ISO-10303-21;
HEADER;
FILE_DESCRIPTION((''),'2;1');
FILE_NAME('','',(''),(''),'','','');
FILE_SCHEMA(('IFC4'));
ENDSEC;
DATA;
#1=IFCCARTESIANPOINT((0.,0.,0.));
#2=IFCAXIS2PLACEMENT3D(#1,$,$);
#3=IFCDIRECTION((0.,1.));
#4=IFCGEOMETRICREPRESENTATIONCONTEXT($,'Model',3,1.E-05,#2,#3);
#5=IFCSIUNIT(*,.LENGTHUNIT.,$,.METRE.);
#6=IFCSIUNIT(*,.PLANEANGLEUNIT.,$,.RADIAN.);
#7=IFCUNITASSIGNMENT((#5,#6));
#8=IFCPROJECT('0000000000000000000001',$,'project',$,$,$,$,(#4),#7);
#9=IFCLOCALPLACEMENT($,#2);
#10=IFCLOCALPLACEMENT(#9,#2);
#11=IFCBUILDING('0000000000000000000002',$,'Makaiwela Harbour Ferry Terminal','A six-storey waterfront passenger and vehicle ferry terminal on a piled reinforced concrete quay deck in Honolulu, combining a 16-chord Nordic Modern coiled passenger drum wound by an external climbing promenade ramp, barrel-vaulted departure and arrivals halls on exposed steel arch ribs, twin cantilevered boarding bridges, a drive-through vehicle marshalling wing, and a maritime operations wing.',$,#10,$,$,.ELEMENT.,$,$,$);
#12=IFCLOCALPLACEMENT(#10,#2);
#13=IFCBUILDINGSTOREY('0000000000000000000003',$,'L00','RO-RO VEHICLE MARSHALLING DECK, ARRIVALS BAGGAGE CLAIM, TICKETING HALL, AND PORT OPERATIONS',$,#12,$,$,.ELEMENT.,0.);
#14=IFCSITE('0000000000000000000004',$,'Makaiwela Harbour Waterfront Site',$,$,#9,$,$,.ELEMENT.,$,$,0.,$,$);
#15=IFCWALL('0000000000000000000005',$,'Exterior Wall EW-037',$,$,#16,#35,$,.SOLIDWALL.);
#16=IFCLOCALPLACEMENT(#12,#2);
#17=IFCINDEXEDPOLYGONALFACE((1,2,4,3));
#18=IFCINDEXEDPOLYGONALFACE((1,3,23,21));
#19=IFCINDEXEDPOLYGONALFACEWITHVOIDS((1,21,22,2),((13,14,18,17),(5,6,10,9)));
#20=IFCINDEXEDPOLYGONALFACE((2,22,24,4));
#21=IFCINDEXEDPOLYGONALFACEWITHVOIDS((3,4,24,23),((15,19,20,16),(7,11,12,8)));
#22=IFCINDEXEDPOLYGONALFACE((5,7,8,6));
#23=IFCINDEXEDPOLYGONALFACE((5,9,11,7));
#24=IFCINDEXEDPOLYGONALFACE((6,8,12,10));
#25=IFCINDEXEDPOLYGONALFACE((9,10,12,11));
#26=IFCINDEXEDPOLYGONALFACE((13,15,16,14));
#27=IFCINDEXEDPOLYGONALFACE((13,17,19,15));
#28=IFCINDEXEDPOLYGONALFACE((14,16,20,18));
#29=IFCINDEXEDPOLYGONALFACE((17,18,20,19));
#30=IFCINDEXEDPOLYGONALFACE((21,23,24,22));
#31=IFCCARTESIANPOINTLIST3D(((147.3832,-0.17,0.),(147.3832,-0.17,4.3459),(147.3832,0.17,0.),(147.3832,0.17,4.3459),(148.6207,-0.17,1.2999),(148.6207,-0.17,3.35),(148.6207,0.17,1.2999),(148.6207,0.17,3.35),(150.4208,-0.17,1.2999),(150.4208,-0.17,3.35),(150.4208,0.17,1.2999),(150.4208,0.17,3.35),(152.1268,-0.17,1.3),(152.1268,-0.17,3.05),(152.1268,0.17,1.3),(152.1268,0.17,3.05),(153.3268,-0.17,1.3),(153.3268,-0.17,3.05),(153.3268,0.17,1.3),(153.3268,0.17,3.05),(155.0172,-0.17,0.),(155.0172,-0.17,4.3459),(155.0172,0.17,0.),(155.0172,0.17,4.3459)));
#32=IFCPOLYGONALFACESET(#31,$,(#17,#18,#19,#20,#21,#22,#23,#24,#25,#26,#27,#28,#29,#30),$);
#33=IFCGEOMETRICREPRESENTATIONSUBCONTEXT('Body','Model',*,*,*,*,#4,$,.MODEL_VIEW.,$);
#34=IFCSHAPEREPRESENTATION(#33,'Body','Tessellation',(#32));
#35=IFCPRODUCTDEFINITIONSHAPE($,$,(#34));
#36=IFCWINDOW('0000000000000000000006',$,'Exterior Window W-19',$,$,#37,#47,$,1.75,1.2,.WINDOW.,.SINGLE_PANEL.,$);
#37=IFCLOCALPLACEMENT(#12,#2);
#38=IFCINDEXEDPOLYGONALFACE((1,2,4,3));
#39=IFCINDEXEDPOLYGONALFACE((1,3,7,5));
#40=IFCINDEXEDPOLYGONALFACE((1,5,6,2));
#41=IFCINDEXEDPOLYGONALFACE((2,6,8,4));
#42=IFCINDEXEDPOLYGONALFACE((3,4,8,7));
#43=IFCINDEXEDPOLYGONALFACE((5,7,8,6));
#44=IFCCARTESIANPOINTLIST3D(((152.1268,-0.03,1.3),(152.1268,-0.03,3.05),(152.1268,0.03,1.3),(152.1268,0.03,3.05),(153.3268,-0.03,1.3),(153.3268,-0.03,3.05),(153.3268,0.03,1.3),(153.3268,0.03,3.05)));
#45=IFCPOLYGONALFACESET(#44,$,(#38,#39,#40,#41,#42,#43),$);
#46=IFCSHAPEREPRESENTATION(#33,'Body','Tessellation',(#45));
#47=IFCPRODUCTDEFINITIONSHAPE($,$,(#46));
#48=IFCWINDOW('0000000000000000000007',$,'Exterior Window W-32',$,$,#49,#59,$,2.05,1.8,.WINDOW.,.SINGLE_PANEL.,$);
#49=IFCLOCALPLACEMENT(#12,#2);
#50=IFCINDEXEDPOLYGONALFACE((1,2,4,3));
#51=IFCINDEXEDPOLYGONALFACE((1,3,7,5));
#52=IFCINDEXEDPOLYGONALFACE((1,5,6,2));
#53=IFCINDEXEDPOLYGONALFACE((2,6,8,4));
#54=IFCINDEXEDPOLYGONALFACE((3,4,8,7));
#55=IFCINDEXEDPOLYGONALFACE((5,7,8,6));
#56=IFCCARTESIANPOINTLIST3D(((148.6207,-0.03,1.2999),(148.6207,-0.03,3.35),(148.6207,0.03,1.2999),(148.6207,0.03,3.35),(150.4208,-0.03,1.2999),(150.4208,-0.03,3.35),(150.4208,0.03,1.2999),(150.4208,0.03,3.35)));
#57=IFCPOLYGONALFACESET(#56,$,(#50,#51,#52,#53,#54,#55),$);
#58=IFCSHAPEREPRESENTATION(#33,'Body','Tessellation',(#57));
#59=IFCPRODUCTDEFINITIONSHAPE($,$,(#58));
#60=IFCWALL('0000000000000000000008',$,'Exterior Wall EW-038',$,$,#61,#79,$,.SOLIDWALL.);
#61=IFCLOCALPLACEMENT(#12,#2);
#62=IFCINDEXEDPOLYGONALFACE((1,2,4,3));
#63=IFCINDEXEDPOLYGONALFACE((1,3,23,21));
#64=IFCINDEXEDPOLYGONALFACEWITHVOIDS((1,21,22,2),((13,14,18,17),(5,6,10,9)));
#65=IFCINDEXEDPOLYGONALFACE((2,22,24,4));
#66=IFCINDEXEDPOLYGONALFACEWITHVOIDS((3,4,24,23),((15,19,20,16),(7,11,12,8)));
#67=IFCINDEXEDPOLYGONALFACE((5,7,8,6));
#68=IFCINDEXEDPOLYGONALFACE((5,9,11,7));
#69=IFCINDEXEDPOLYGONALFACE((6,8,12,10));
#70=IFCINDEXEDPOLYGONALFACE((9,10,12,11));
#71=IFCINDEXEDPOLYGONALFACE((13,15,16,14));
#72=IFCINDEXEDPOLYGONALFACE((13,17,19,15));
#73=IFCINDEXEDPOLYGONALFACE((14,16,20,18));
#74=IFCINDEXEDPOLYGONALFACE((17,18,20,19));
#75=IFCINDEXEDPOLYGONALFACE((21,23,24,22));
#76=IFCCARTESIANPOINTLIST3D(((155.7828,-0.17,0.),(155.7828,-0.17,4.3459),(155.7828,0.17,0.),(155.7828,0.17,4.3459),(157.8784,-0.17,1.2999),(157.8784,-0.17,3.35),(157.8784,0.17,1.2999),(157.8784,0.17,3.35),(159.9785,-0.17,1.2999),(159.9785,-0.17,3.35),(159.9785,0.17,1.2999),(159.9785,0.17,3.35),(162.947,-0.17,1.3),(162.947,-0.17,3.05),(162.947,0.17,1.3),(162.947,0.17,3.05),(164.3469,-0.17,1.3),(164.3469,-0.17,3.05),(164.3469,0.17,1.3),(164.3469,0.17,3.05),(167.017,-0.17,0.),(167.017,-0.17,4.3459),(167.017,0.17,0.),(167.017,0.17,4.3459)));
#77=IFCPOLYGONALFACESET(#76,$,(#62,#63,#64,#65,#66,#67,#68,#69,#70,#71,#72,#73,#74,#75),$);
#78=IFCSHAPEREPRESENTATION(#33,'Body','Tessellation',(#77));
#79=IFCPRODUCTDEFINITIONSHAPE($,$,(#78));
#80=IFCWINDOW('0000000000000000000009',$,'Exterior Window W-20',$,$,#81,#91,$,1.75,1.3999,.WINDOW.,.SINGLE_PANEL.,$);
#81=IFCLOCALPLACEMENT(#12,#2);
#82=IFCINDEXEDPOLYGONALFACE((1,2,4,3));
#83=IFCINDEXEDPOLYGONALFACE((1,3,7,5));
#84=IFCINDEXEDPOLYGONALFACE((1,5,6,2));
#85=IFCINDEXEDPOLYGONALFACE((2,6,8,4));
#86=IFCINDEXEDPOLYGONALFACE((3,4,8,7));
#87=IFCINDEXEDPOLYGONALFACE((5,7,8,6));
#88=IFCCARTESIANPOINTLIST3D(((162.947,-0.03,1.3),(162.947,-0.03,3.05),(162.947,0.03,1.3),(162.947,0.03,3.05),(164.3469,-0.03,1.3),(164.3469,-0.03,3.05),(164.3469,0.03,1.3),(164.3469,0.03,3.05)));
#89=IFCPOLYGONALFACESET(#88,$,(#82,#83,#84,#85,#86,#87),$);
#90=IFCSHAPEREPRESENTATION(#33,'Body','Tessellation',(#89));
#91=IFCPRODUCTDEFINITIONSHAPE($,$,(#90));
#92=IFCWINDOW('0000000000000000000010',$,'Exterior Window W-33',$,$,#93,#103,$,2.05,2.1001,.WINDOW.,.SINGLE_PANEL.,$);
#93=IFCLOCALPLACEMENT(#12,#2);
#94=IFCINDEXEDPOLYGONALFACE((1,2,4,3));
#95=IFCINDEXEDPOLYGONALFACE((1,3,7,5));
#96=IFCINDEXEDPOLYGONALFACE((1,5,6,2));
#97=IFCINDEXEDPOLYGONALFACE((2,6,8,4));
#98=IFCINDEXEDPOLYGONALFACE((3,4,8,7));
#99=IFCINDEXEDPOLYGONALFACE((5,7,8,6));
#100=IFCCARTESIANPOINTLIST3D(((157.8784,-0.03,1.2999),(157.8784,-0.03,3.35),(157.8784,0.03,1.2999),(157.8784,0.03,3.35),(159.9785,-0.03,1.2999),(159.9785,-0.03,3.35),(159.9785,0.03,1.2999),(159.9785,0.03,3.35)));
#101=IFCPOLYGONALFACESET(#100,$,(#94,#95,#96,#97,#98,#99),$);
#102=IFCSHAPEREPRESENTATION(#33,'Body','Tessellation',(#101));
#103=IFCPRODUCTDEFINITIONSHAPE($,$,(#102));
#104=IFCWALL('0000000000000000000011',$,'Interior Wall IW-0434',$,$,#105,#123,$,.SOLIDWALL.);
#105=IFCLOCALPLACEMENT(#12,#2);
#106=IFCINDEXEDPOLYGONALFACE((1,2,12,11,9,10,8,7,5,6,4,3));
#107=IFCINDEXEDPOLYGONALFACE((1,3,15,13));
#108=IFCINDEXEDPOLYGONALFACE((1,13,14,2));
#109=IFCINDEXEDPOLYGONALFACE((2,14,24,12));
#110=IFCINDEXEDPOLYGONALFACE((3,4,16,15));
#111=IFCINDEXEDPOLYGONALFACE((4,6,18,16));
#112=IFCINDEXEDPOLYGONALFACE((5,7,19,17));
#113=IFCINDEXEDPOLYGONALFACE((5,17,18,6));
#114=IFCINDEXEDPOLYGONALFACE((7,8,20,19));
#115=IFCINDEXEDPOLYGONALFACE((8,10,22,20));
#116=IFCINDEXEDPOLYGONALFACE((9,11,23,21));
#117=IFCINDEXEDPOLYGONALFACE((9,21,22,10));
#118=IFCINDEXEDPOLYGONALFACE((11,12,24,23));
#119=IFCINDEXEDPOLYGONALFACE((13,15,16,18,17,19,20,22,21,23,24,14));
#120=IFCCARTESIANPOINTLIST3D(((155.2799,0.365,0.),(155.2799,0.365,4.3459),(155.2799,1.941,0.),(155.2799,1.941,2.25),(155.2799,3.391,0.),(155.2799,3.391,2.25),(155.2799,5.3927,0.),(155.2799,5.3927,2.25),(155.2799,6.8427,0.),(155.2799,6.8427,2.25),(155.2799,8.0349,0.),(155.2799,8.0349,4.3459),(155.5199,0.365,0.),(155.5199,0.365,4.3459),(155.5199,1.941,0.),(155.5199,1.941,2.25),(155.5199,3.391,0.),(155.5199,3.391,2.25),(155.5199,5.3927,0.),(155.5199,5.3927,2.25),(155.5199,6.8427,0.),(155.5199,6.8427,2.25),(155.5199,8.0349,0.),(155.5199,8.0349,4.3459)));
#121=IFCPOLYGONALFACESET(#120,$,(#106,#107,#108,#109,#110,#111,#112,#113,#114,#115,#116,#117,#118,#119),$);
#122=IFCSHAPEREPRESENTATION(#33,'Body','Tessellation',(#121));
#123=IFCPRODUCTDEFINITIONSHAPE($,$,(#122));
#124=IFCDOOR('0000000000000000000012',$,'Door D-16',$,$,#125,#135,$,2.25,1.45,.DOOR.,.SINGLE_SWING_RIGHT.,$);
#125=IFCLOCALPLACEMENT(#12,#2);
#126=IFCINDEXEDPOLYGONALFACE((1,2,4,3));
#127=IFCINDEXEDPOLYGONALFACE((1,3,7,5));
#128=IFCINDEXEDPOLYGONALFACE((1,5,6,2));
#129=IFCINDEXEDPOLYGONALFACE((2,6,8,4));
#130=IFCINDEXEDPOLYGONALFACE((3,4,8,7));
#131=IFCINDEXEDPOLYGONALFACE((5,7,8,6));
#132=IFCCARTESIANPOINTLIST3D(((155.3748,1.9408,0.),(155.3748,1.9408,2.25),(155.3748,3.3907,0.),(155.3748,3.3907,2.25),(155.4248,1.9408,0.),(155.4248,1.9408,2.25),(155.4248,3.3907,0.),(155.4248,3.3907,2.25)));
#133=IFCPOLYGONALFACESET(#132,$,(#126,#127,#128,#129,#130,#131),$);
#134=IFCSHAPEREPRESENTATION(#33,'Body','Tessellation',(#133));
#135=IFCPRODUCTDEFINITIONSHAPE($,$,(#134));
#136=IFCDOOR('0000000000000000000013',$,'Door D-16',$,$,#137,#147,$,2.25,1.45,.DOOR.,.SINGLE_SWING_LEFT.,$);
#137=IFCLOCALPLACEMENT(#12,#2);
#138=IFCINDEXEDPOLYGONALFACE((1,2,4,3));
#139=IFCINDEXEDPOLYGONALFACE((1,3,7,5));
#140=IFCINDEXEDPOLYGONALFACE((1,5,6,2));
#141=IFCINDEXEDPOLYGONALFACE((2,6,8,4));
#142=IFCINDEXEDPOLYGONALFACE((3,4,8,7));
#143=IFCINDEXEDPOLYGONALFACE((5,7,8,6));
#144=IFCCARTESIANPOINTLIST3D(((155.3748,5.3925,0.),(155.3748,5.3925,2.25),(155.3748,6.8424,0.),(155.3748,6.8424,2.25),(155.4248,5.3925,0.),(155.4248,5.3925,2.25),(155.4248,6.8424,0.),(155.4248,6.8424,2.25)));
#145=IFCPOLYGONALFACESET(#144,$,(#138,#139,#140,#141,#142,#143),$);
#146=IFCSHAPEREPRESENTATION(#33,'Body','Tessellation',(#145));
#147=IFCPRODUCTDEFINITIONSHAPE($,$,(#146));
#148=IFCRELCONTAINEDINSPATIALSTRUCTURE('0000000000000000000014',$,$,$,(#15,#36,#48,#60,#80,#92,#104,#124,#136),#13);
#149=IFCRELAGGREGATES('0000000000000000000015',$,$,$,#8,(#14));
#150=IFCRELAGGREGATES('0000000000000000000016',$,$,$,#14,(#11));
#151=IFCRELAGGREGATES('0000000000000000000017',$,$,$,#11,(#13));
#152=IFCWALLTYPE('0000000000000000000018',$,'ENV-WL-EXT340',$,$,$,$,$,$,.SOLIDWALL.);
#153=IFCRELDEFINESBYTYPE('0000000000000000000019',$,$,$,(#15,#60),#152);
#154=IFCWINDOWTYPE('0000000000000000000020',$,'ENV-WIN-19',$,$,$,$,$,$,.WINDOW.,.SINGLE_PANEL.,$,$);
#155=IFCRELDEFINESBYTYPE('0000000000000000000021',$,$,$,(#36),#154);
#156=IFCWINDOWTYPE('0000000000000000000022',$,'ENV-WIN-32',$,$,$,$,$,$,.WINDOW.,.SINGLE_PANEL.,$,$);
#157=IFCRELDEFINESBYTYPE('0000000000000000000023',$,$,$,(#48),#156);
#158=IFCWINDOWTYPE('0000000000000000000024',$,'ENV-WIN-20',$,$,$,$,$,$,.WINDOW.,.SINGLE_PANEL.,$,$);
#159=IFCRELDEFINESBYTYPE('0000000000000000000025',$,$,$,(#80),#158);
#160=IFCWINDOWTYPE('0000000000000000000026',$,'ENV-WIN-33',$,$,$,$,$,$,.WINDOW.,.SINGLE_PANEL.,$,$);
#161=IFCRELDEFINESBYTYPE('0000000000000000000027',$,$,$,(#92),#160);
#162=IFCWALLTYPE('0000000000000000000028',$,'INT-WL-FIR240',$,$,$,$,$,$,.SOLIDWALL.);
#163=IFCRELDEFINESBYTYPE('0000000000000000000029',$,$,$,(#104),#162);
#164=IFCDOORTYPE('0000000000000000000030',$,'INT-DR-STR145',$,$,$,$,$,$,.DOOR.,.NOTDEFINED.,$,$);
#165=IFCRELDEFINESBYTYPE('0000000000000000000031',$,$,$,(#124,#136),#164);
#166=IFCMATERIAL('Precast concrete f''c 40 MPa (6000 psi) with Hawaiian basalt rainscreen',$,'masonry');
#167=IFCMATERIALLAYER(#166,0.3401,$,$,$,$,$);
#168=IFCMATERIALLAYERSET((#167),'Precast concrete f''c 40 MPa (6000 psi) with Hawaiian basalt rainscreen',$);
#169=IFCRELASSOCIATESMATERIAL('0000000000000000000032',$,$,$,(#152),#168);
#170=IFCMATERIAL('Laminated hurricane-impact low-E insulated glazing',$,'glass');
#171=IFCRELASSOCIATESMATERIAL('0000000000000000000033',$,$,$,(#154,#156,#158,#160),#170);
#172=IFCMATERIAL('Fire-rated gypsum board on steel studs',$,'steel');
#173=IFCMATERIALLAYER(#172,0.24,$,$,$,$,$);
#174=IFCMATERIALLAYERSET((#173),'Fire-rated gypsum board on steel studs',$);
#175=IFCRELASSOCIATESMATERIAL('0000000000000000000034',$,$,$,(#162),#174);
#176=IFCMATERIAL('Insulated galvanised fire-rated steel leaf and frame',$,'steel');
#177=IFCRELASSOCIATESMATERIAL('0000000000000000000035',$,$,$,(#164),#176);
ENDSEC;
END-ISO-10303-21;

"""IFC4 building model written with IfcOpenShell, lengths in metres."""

from ifc_helpers import new_model, si_unit, direction, frame, frame_2d, origin, place, context, subcontext, project, spatial, rectangle, extrude, material, layer, layer_set, type_object, element, fill, save


model = new_model("IFC4")

# Units and contexts
model_context = context("Model", 3, precision=1e-05, world=origin(), true_north=direction((0.0, 1.0)))
body_context = subcontext(model_context, "Body", "Model", "MODEL_VIEW")
ifc_project = project(units=[si_unit("LENGTHUNIT", "METRE"), si_unit("PLANEANGLEUNIT", "RADIAN")], contexts=[model_context])

# Site, building, storey
site_placement = place(None, origin())
site = spatial("IfcSite", under=ifc_project, at=site_placement, Name="Makaiwela Harbour Waterfront Site", CompositionType="ELEMENT", RefElevation=0.0)
building_placement = place(site_placement, origin())
building = spatial("IfcBuilding", under=site, at=building_placement, Name="Makaiwela Harbour Ferry Terminal", Description="A six-storey waterfront passenger and vehicle ferry terminal on a piled reinforced concrete quay deck in Honolulu, combining a 16-chord Nordic Modern coiled passenger drum wound by an external climbing promenade ramp, barrel-vaulted departure and arrivals halls on exposed steel arch ribs, twin cantilevered boarding bridges, a drive-through vehicle marshalling wing, and a maritime operations wing.", CompositionType="ELEMENT")
storey_placement = place(building_placement, origin())
storey = spatial("IfcBuildingStorey", under=building, at=storey_placement, Name="L00", Description="RO-RO VEHICLE MARSHALLING DECK, ARRIVALS BAGGAGE CLAIM, TICKETING HALL, AND PORT OPERATIONS", CompositionType="ELEMENT", Elevation=0.0)

# Walls, openings, windows
ifc_material_1 = material(Name="Precast concrete f'c 40 MPa (6000 psi) with Hawaiian basalt rainscreen", Category="masonry")
ifc_layer_1 = layer(ifc_material_1, 0.3401)
ifc_layer_set_1 = layer_set([ifc_layer_1], Name="Precast concrete f'c 40 MPa (6000 psi) with Hawaiian basalt rainscreen")
wall_type_1 = type_object("IfcWallType", Name="ENV-WL-EXT340", PredefinedType="SOLIDWALL", material=ifc_layer_set_1)
wall_1_placement = place(storey_placement, frame((155.0171, 0.0, 0.0), z_axis=(0.0, 0.0, 1.0), x_axis=(-1.0, 0.0, 0.0)))
wall_1 = element("IfcWall", 1, at=wall_1_placement, inside=storey, type_object=wall_type_1, Name="Exterior Wall EW-037", PredefinedType="SOLIDWALL", context=body_context, shape_type="SweptSolid", body=[
    extrude(rectangle(XDim=7.634, YDim=0.3401, at=frame_2d((3.8169, 0.0))), origin(), (0.0, 0.0, 1.0), 4.3459),
])
opening_1_placement = place(wall_1_placement, frame((1.6902, 0.0, 1.3)))
opening_1 = element("IfcOpeningElement", 2, at=opening_1_placement, cuts=wall_1, PredefinedType="OPENING", context=body_context, shape_type="SweptSolid", body=[
    extrude(rectangle(XDim=1.2, YDim=1.75, at=frame_2d((0.6001, 0.875))), frame((0.0, 0.1799, 0.0), z_axis=(0.0, -1.0, 0.0), x_axis=(1.0, 0.0, 0.0)), (0.0, 0.0, 1.0), 0.3601),
])
opening_2_placement = place(wall_1_placement, frame((4.5964, 0.0, 1.3)))
opening_2 = element("IfcOpeningElement", 3, at=opening_2_placement, cuts=wall_1, PredefinedType="OPENING", context=body_context, shape_type="SweptSolid", body=[
    extrude(rectangle(XDim=1.8, YDim=2.05, at=frame_2d((0.8999, 1.0249))), frame((0.0, 0.1799, 0.0), z_axis=(0.0, -1.0, 0.0), x_axis=(1.0, 0.0, 0.0)), (0.0, 0.0, 1.0), 0.3601),
])
ifc_material_2 = material(Name="Laminated hurricane-impact low-E insulated glazing", Category="glass")
window_type_1 = type_object("IfcWindowType", Name="ENV-WIN-19", PartitioningType="SINGLE_PANEL", PredefinedType="WINDOW", material=ifc_material_2)
window_1_placement = place(opening_1_placement, origin())
window_1 = element("IfcWindow", 4, at=window_1_placement, inside=storey, type_object=window_type_1, Name="Exterior Window W-19", OverallHeight=1.75, OverallWidth=1.2, PartitioningType="SINGLE_PANEL", PredefinedType="WINDOW", context=body_context, shape_type="SweptSolid", body=[
    extrude(rectangle(XDim=1.2, YDim=1.75, at=frame_2d((0.6001, 0.875))), frame((0.0, 0.03, 0.0), z_axis=(0.0, -1.0, 0.0), x_axis=(1.0, 0.0, 0.0)), (0.0, 0.0, 1.0), 0.0601),
])
fill(opening_1, window_1)
window_type_2 = type_object("IfcWindowType", Name="ENV-WIN-32", PartitioningType="SINGLE_PANEL", PredefinedType="WINDOW", material=ifc_material_2)
window_2_placement = place(opening_2_placement, origin())
window_2 = element("IfcWindow", 5, at=window_2_placement, inside=storey, type_object=window_type_2, Name="Exterior Window W-32", OverallHeight=2.05, OverallWidth=1.8, PartitioningType="SINGLE_PANEL", PredefinedType="WINDOW", context=body_context, shape_type="SweptSolid", body=[
    extrude(rectangle(XDim=1.8, YDim=2.05, at=frame_2d((0.8999, 1.0249))), frame((0.0, 0.03, 0.0), z_axis=(0.0, -1.0, 0.0), x_axis=(1.0, 0.0, 0.0)), (0.0, 0.0, 1.0), 0.0601),
])
fill(opening_2, window_2)
wall_2_placement = place(storey_placement, frame((167.0171, 0.0, 0.0), z_axis=(0.0, 0.0, 1.0), x_axis=(-1.0, 0.0, 0.0)))
wall_2 = element("IfcWall", 6, at=wall_2_placement, inside=storey, type_object=wall_type_1, Name="Exterior Wall EW-038", PredefinedType="SOLIDWALL", context=body_context, shape_type="SweptSolid", body=[
    extrude(rectangle(XDim=11.2341, YDim=0.3401, at=frame_2d((5.6172, 0.0))), origin(), (0.0, 0.0, 1.0), 4.3459),
])
opening_3_placement = place(wall_2_placement, frame((2.6702, 0.0, 1.3)))
opening_3 = element("IfcOpeningElement", 7, at=opening_3_placement, cuts=wall_2, PredefinedType="OPENING", context=body_context, shape_type="SweptSolid", body=[
    extrude(rectangle(XDim=1.3999, YDim=1.75, at=frame_2d((0.7, 0.875))), frame((0.0, 0.1799, 0.0), z_axis=(0.0, -1.0, 0.0), x_axis=(1.0, 0.0, 0.0)), (0.0, 0.0, 1.0), 0.3601),
])
opening_4_placement = place(wall_2_placement, frame((7.0386, 0.0, 1.3)))
opening_4 = element("IfcOpeningElement", 8, at=opening_4_placement, cuts=wall_2, PredefinedType="OPENING", context=body_context, shape_type="SweptSolid", body=[
    extrude(rectangle(XDim=2.1001, YDim=2.05, at=frame_2d((1.05, 1.0249))), frame((0.0, 0.1799, 0.0), z_axis=(0.0, -1.0, 0.0), x_axis=(1.0, 0.0, 0.0)), (0.0, 0.0, 1.0), 0.3601),
])
window_type_3 = type_object("IfcWindowType", Name="ENV-WIN-20", PartitioningType="SINGLE_PANEL", PredefinedType="WINDOW", material=ifc_material_2)
window_3_placement = place(opening_3_placement, origin())
window_3 = element("IfcWindow", 9, at=window_3_placement, inside=storey, type_object=window_type_3, Name="Exterior Window W-20", OverallHeight=1.75, OverallWidth=1.3999, PartitioningType="SINGLE_PANEL", PredefinedType="WINDOW", context=body_context, shape_type="SweptSolid", body=[
    extrude(rectangle(XDim=1.3999, YDim=1.75, at=frame_2d((0.7, 0.875))), frame((0.0, 0.03, 0.0), z_axis=(0.0, -1.0, 0.0), x_axis=(1.0, 0.0, 0.0)), (0.0, 0.0, 1.0), 0.0601),
])
fill(opening_3, window_3)
window_type_4 = type_object("IfcWindowType", Name="ENV-WIN-33", PartitioningType="SINGLE_PANEL", PredefinedType="WINDOW", material=ifc_material_2)
window_4_placement = place(opening_4_placement, origin())
window_4 = element("IfcWindow", 10, at=window_4_placement, inside=storey, type_object=window_type_4, Name="Exterior Window W-33", OverallHeight=2.05, OverallWidth=2.1001, PartitioningType="SINGLE_PANEL", PredefinedType="WINDOW", context=body_context, shape_type="SweptSolid", body=[
    extrude(rectangle(XDim=2.1001, YDim=2.05, at=frame_2d((1.05, 1.0249))), frame((0.0, 0.03, 0.0), z_axis=(0.0, -1.0, 0.0), x_axis=(1.0, 0.0, 0.0)), (0.0, 0.0, 1.0), 0.0601),
])
fill(opening_4, window_4)

# Wall, openings, doors
ifc_material_3 = material(Name="Fire-rated gypsum board on steel studs", Category="steel")
ifc_layer_2 = layer(ifc_material_3, 0.24)
ifc_layer_set_2 = layer_set([ifc_layer_2], Name="Fire-rated gypsum board on steel studs")
wall_type_2 = type_object("IfcWallType", Name="INT-WL-FIR240", PredefinedType="SOLIDWALL", material=ifc_layer_set_2)
wall_3_placement = place(storey_placement, frame((155.3999, 0.365, 0.0), z_axis=(0.0, 0.0, 1.0), x_axis=(0.0, 1.0, 0.0)))
wall_3 = element("IfcWall", 11, at=wall_3_placement, inside=storey, type_object=wall_type_2, Name="Interior Wall IW-0434", PredefinedType="SOLIDWALL", context=body_context, shape_type="SweptSolid", body=[
    extrude(rectangle(XDim=7.6699, YDim=0.24, at=frame_2d((3.835, 0.0))), origin(), (0.0, 0.0, 1.0), 4.3459),
])
opening_5_placement = place(wall_3_placement, frame((1.5759, 0.0, 0.0)))
opening_5 = element("IfcOpeningElement", 12, at=opening_5_placement, cuts=wall_3, PredefinedType="OPENING", context=body_context, shape_type="SweptSolid", body=[
    extrude(rectangle(XDim=1.45, YDim=2.25, at=frame_2d((0.7251, 1.125))), frame((0.0, 0.1299, 0.0), z_axis=(0.0, -1.0, 0.0), x_axis=(1.0, 0.0, 0.0)), (0.0, 0.0, 1.0), 0.26),
])
opening_6_placement = place(wall_3_placement, frame((5.0276, 0.0, 0.0)))
opening_6 = element("IfcOpeningElement", 13, at=opening_6_placement, cuts=wall_3, PredefinedType="OPENING", context=body_context, shape_type="SweptSolid", body=[
    extrude(rectangle(XDim=1.45, YDim=2.25, at=frame_2d((0.7251, 1.125))), frame((0.0, 0.1299, 0.0), z_axis=(0.0, -1.0, 0.0), x_axis=(1.0, 0.0, 0.0)), (0.0, 0.0, 1.0), 0.26),
])
ifc_material_4 = material(Name="Insulated galvanised fire-rated steel leaf and frame", Category="steel")
door_type = type_object("IfcDoorType", Name="INT-DR-STR145", OperationType="NOTDEFINED", PredefinedType="DOOR", material=ifc_material_4)
door_1_placement = place(opening_5_placement, frame((1.45, 0.0, 0.0), z_axis=(0.0, 0.0, 1.0), x_axis=(-1.0, 0.0, 0.0)))
door_1 = element("IfcDoor", 14, at=door_1_placement, inside=storey, type_object=door_type, Name="Door D-16", OperationType="SINGLE_SWING_RIGHT", OverallHeight=2.25, OverallWidth=1.45, PredefinedType="DOOR", context=body_context, shape_type="SweptSolid", body=[
    extrude(rectangle(XDim=1.45, YDim=2.25, at=frame_2d((0.7251, 1.125))), frame((0.0, 0.0249, 0.0), z_axis=(0.0, -1.0, 0.0), x_axis=(1.0, 0.0, 0.0)), (0.0, 0.0, 1.0), 0.05),
])
fill(opening_5, door_1)
door_2_placement = place(opening_6_placement, frame((1.45, 0.0, 0.0), z_axis=(0.0, 0.0, 1.0), x_axis=(-1.0, 0.0, 0.0)))
door_2 = element("IfcDoor", 15, at=door_2_placement, inside=storey, type_object=door_type, Name="Door D-16", OperationType="SINGLE_SWING_LEFT", OverallHeight=2.25, OverallWidth=1.45, PredefinedType="DOOR", context=body_context, shape_type="SweptSolid", body=[
    extrude(rectangle(XDim=1.45, YDim=2.25, at=frame_2d((0.7251, 1.125))), frame((0.0, 0.0249, 0.0), z_axis=(0.0, -1.0, 0.0), x_axis=(1.0, 0.0, 0.0)), (0.0, 0.0, 1.0), 0.05),
])
fill(opening_6, door_2)

save(model, "model.ifc")
